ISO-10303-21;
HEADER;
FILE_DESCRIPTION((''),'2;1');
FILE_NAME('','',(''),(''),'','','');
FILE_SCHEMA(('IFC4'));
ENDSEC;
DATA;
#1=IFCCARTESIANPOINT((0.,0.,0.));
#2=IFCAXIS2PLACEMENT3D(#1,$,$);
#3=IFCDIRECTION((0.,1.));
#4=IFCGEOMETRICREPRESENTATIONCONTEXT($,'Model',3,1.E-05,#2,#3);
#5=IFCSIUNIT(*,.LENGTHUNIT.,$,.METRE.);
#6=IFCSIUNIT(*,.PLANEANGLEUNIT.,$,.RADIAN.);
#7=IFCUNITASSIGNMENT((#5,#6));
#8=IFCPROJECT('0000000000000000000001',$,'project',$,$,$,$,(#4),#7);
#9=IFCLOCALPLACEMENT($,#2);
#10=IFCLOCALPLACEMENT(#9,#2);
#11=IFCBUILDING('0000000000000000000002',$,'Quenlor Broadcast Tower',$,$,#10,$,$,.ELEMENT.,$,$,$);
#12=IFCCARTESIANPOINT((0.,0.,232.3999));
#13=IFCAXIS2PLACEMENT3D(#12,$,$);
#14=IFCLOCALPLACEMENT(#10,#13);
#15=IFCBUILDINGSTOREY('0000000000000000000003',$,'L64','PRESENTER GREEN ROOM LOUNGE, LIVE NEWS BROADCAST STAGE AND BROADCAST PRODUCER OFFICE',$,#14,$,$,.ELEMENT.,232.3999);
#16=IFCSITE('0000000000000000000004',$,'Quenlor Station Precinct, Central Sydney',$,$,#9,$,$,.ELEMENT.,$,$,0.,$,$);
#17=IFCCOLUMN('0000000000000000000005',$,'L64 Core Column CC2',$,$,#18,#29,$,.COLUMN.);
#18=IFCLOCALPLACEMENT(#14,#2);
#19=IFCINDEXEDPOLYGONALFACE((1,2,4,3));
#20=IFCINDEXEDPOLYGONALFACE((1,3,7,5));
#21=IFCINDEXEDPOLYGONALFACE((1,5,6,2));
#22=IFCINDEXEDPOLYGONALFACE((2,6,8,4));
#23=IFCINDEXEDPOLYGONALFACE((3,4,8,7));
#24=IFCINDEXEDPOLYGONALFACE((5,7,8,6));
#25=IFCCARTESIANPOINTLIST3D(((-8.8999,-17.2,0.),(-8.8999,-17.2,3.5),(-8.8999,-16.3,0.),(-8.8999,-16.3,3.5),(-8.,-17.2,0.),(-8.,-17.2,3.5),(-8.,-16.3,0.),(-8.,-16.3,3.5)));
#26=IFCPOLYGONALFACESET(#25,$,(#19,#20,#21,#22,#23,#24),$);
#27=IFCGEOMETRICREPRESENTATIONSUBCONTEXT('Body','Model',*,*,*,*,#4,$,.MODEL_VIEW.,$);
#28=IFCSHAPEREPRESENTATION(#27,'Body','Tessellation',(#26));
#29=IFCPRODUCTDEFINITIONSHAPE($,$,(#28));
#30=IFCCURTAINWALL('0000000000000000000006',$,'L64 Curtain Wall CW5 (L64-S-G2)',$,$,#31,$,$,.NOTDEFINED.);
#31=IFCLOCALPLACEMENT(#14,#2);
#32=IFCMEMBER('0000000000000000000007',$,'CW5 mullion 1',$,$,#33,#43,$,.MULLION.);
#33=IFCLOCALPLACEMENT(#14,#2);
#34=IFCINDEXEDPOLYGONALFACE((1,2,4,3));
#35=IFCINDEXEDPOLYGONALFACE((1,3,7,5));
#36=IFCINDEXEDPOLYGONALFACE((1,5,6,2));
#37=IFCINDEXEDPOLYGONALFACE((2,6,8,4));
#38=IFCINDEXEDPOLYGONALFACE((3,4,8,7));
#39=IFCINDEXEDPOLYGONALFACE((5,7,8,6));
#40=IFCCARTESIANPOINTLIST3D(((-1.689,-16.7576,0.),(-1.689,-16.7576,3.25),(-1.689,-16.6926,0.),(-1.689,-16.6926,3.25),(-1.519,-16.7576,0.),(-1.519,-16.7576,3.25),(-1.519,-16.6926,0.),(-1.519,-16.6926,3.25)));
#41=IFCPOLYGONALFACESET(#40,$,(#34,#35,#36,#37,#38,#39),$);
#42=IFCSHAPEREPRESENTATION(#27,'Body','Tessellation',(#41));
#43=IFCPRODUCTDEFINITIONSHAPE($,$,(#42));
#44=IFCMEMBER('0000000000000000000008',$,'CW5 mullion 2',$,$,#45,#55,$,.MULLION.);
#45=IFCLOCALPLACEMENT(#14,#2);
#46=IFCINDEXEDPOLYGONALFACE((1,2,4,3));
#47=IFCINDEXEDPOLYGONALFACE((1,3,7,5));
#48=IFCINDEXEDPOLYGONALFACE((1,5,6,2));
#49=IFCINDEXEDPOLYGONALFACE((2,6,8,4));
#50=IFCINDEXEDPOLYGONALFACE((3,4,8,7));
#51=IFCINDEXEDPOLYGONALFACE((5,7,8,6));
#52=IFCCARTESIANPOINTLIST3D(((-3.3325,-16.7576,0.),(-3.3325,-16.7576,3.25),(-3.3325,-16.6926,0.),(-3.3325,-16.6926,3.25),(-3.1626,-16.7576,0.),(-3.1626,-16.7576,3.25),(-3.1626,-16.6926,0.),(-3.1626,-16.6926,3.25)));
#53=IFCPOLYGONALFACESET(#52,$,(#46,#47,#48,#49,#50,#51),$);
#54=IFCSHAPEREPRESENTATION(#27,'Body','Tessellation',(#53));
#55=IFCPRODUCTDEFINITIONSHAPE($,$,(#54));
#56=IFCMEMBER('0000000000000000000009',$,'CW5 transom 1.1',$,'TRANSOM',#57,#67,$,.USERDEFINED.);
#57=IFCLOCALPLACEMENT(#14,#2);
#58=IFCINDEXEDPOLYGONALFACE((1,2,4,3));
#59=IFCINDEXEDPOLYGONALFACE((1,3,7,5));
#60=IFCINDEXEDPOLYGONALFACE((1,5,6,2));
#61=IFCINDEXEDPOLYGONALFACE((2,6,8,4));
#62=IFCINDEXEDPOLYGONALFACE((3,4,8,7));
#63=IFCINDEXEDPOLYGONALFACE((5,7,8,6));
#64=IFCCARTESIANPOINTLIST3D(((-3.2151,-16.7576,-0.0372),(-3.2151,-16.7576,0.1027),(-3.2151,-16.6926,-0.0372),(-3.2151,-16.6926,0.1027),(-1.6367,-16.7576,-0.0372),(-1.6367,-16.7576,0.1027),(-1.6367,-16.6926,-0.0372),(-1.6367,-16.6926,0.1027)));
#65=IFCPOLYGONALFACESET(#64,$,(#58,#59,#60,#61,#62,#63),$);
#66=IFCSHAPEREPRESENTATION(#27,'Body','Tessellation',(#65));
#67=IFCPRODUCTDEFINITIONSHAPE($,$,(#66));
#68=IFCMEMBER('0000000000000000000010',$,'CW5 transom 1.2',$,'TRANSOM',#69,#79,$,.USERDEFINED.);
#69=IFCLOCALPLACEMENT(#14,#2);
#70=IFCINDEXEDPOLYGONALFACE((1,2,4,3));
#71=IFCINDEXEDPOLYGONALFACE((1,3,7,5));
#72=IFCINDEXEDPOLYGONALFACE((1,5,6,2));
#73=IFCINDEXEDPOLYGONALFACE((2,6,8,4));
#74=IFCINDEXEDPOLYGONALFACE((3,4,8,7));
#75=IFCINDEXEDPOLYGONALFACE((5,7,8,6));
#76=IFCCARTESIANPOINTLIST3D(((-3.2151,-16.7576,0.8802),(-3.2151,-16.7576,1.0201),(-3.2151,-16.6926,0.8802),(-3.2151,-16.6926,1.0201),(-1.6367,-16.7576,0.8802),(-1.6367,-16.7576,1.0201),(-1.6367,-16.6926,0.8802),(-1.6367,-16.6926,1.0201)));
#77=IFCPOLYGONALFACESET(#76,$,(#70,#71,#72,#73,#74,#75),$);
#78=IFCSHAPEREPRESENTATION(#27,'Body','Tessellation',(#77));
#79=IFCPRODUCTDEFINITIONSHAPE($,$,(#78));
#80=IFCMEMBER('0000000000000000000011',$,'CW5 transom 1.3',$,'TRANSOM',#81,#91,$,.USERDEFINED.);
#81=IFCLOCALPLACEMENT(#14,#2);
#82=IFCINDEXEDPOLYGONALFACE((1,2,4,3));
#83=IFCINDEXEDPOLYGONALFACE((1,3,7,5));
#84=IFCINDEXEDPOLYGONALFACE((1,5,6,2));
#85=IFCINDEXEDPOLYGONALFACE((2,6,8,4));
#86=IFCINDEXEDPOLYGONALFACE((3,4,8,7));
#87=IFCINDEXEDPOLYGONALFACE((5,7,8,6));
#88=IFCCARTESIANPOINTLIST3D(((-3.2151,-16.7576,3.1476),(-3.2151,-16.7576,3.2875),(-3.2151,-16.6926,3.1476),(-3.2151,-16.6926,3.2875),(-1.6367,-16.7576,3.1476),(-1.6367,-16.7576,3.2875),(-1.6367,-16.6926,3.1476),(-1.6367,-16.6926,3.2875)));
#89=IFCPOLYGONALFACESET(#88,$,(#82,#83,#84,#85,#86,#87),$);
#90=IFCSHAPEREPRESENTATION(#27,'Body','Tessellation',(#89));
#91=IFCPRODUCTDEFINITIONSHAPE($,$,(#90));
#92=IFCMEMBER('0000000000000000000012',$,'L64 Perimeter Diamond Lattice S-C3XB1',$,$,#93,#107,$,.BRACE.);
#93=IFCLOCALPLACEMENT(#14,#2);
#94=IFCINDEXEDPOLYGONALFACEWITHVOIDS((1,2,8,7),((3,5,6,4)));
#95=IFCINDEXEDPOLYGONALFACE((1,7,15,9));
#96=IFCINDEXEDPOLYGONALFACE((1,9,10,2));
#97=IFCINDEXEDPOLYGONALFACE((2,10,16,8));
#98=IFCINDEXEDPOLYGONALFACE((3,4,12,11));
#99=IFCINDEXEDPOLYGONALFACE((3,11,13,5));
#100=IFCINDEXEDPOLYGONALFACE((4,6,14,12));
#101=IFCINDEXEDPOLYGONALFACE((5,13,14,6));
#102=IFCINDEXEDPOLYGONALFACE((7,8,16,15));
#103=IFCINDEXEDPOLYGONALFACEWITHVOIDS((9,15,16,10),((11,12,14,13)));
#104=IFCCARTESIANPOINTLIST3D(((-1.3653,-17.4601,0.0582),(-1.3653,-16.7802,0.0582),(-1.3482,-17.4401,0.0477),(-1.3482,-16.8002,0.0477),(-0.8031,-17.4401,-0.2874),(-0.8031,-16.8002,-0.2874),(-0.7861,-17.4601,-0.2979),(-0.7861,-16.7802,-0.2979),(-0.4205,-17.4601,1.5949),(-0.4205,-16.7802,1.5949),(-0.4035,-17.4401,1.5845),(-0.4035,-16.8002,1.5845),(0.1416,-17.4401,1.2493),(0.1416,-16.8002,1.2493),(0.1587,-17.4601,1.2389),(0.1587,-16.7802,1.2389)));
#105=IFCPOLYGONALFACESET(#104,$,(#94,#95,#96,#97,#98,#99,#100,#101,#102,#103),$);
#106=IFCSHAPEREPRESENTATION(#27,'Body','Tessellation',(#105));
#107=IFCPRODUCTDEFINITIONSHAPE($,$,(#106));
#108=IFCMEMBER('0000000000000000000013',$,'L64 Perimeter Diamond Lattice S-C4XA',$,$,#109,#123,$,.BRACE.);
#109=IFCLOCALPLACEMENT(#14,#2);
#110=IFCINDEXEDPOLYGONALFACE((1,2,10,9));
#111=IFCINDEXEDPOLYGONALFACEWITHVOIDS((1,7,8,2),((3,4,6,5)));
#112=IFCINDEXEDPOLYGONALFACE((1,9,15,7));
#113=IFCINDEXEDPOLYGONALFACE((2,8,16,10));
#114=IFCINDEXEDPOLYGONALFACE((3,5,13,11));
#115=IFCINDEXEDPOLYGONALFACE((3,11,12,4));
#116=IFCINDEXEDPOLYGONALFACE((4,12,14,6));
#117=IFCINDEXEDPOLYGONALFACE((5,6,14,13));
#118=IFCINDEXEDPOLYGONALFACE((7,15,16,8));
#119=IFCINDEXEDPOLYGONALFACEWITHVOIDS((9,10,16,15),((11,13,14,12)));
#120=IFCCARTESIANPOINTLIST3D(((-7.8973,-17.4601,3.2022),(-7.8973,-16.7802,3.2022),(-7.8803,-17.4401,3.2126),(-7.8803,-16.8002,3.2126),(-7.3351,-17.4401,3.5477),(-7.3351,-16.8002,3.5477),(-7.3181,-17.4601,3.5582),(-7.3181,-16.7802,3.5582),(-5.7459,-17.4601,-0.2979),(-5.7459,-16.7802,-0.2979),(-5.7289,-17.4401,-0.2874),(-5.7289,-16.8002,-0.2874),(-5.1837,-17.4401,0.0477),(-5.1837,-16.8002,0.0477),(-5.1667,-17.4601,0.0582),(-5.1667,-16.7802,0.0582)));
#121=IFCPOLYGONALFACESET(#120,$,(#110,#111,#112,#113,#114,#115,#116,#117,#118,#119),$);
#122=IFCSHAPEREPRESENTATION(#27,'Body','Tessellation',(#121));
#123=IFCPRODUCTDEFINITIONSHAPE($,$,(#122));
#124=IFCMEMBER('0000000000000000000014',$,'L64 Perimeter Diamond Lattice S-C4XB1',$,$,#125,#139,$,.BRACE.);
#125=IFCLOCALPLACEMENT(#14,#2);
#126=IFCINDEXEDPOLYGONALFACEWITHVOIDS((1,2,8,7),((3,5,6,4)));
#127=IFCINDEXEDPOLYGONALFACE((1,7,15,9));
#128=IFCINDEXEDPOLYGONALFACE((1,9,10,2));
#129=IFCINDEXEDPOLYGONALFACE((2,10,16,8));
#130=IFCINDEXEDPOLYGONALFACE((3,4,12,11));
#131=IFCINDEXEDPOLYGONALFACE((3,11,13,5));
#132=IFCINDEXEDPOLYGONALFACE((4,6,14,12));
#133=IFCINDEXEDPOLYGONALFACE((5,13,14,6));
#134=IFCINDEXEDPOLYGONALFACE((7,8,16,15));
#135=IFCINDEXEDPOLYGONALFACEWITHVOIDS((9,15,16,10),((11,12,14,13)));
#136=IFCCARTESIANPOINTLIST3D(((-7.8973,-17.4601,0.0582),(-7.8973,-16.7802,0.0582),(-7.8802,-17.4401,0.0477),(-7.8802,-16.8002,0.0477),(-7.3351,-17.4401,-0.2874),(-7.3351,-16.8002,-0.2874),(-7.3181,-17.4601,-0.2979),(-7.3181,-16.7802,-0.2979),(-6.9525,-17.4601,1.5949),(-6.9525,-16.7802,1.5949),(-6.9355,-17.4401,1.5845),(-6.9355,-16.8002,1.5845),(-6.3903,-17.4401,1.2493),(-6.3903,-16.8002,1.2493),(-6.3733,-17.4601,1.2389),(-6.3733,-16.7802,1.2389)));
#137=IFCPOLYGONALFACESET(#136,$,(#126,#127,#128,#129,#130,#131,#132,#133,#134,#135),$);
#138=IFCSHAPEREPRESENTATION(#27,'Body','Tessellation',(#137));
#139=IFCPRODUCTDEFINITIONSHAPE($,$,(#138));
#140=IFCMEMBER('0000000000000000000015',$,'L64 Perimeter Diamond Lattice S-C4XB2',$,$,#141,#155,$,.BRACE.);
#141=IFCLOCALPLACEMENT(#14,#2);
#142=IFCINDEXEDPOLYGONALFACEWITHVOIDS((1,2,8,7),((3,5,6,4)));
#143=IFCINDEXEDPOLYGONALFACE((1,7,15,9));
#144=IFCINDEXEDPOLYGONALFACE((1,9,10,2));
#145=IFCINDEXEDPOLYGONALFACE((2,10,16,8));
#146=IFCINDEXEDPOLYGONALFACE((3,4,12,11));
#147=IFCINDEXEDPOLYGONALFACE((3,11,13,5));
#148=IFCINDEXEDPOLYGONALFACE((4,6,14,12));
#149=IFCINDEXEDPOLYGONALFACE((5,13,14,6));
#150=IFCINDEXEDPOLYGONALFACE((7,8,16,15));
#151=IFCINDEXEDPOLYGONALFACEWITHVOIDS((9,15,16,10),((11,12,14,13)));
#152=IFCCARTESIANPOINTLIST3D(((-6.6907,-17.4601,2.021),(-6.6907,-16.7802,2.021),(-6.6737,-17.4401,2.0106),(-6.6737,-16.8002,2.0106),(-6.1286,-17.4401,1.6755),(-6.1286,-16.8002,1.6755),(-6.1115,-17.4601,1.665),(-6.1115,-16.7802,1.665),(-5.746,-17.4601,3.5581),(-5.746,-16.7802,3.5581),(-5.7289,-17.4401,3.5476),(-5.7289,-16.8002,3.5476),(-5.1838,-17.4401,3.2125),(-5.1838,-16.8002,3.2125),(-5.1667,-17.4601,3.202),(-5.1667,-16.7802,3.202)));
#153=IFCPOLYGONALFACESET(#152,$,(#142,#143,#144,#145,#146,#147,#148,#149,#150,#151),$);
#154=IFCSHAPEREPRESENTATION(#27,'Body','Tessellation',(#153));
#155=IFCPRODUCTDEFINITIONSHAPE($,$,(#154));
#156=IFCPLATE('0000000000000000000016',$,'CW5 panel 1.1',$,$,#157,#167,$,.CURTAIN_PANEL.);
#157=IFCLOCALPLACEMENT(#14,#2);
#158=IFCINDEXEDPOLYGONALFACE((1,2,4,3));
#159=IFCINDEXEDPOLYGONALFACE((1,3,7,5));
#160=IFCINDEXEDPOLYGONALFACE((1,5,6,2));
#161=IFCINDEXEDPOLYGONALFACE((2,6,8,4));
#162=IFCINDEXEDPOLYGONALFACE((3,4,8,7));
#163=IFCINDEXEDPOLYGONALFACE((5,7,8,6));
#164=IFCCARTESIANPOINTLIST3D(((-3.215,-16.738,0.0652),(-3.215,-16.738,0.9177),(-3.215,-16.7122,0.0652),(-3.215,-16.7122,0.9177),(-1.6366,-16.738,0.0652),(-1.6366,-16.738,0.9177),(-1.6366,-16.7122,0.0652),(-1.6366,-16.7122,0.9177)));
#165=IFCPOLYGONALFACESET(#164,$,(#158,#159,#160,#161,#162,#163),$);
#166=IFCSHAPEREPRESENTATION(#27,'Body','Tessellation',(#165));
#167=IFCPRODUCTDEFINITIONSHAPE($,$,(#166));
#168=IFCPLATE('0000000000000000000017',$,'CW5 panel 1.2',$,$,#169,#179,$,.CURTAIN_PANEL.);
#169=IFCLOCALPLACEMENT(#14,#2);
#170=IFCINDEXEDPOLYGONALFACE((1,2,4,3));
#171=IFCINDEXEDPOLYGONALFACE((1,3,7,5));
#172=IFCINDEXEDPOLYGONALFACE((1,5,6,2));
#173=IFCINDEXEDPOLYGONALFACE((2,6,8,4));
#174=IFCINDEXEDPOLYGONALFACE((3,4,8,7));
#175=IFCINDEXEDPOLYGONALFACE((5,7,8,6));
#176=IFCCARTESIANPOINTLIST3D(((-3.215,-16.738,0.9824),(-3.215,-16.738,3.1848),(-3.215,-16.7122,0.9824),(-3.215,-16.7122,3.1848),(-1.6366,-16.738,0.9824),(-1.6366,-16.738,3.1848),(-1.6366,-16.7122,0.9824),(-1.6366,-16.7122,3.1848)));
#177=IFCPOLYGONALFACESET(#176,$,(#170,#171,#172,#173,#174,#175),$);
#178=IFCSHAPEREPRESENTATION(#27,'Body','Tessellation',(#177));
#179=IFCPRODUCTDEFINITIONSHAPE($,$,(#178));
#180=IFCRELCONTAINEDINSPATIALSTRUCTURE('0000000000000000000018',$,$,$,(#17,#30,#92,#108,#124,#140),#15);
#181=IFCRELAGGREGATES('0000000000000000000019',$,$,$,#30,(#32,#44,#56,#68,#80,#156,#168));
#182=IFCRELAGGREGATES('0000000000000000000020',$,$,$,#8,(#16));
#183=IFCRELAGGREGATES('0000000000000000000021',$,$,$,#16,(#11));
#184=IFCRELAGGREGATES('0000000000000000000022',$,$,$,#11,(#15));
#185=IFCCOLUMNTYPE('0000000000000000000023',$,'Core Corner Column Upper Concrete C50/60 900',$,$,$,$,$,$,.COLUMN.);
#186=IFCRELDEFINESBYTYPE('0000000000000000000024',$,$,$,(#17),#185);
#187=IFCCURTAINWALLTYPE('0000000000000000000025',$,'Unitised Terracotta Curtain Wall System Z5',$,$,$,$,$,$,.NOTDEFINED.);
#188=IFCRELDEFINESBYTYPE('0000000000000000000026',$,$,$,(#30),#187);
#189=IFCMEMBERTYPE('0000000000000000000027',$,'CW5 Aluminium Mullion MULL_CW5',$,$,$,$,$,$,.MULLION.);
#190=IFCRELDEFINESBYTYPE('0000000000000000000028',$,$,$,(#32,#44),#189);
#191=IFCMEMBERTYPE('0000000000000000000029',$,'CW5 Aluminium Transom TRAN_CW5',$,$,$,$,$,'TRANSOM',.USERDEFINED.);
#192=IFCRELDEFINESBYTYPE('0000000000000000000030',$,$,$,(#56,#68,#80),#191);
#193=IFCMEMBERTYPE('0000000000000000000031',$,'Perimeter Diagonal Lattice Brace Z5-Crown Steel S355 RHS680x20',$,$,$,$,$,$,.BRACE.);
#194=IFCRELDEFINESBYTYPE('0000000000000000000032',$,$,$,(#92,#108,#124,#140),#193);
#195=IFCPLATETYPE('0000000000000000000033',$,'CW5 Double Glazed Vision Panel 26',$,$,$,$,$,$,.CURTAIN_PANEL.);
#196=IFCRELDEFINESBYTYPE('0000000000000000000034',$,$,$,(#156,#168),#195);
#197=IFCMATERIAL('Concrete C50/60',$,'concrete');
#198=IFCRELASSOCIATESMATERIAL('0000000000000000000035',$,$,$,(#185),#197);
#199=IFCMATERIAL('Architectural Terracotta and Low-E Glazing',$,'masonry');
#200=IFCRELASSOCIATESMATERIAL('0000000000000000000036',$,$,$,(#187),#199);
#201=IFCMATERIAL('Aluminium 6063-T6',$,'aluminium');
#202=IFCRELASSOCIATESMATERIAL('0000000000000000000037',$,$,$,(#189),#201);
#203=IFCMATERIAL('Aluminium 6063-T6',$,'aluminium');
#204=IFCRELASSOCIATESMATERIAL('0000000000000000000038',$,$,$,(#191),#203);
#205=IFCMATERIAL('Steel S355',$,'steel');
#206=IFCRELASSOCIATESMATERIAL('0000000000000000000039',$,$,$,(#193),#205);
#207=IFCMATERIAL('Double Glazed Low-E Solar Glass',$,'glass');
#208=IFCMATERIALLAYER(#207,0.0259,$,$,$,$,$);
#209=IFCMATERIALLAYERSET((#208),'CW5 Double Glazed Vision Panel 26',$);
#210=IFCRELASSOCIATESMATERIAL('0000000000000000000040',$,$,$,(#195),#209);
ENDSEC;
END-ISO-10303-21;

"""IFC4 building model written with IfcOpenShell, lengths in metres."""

from ifc_helpers import new_model, si_unit, direction, frame, origin, origin_2d, place, context, subcontext, project, spatial, rectangle, hollow_rectangle, extrude, material, layer, layer_set, material_profile, profile_set, type_object, element, aggregate, save


model = new_model("IFC4")

# Units and contexts
model_context = context("Model", 3, precision=1e-05, world=origin(), true_north=direction((0.0, 1.0)))
body_context = subcontext(model_context, "Body", "Model", "MODEL_VIEW")
ifc_project = project(units=[si_unit("LENGTHUNIT", "METRE"), si_unit("PLANEANGLEUNIT", "RADIAN")], contexts=[model_context])

# Site, building, storey
site_placement = place(None, origin())
site = spatial("IfcSite", under=ifc_project, at=site_placement, Name="Quenlor Station Precinct, Central Sydney", CompositionType="ELEMENT", RefElevation=0.0)
building_placement = place(site_placement, origin())
building = spatial("IfcBuilding", under=site, at=building_placement, Name="Quenlor Broadcast Tower", CompositionType="ELEMENT")
storey_placement = place(building_placement, frame((0.0, 0.0, 232.3999)))
storey = spatial("IfcBuildingStorey", under=building, at=storey_placement, Name="L64", Description="PRESENTER GREEN ROOM LOUNGE, LIVE NEWS BROADCAST STAGE AND BROADCAST PRODUCER OFFICE", CompositionType="ELEMENT", Elevation=232.3999)

# Column
ifc_material_1 = material(Name="Concrete C50/60", Category="concrete")
ifc_material_profile_1 = material_profile(ifc_material_1, rectangle(XDim=0.8999, YDim=0.8999, at=origin_2d()))
ifc_profile_set_1 = profile_set([ifc_material_profile_1], Name="Concrete C50/60 RC900x900")
column_type = type_object("IfcColumnType", Name="Core Corner Column Upper Concrete C50/60 900", PredefinedType="COLUMN", material=ifc_profile_set_1)
column_placement = place(storey_placement, frame((-8.45, -16.75, 0.0), z_axis=(0.0, 0.0, 1.0), x_axis=(1.0, 0.0, 0.0)))
element("IfcColumn", 1, at=column_placement, inside=storey, type_object=column_type, Name="L64 Core Column CC2", PredefinedType="COLUMN", context=body_context, shape_type="SweptSolid", body=[
    extrude(rectangle(XDim=0.8999, YDim=0.8999, at=origin_2d()), origin(), (0.0, 0.0, 1.0), 3.5),
])

# Curtain wall, members
ifc_material_2 = material(Name="Architectural Terracotta and Low-E Glazing", Category="masonry")
curtain_wall_type = type_object("IfcCurtainWallType", Name="Unitised Terracotta Curtain Wall System Z5", PredefinedType="NOTDEFINED", material=ifc_material_2)
curtain_wall_placement = place(storey_placement, origin())
curtain_wall = element("IfcCurtainWall", 2, at=curtain_wall_placement, inside=storey, type_object=curtain_wall_type, Name="L64 Curtain Wall CW5 (L64-S-G2)", PredefinedType="NOTDEFINED")
ifc_material_3 = material(Name="Aluminium 6063-T6", Category="aluminium")
ifc_material_profile_2 = material_profile(ifc_material_3, rectangle(XDim=0.0649, YDim=0.1699, at=origin_2d()))
ifc_profile_set_2 = profile_set([ifc_material_profile_2], Name="Aluminium 6063-T6 MULL65x170")
member_type_1 = type_object("IfcMemberType", Name="CW5 Aluminium Mullion MULL_CW5", PredefinedType="MULLION", material=ifc_profile_set_2)
member_1_placement = place(storey_placement, frame((-1.604, -16.7251, 0.0), z_axis=(0.0, 0.0, 1.0), x_axis=(0.0, -1.0, 0.0)))
member_1 = element("IfcMember", 3, at=member_1_placement, type_object=member_type_1, Name="CW5 mullion 1", PredefinedType="MULLION", context=body_context, shape_type="SweptSolid", body=[
    extrude(rectangle(XDim=0.0649, YDim=0.1699, at=origin_2d()), origin(), (0.0, 0.0, 1.0), 3.25),
])
member_2_placement = place(storey_placement, frame((-3.2476, -16.7251, 0.0), z_axis=(0.0, 0.0, 1.0), x_axis=(0.0, -1.0, 0.0)))
member_2 = element("IfcMember", 4, at=member_2_placement, type_object=member_type_1, Name="CW5 mullion 2", PredefinedType="MULLION", context=body_context, shape_type="SweptSolid", body=[
    extrude(rectangle(XDim=0.0649, YDim=0.1699, at=origin_2d()), origin(), (0.0, 0.0, 1.0), 3.25),
])
ifc_material_4 = material(Name="Aluminium 6063-T6", Category="aluminium")
ifc_material_profile_3 = material_profile(ifc_material_4, rectangle(XDim=0.0649, YDim=0.1399, at=origin_2d()))
ifc_profile_set_3 = profile_set([ifc_material_profile_3], Name="Aluminium 6063-T6 TRAN65x140")
member_type_2 = type_object("IfcMemberType", Name="CW5 Aluminium Transom TRAN_CW5", ElementType="TRANSOM", PredefinedType="USERDEFINED", material=ifc_profile_set_3)
member_3_placement = place(storey_placement, frame((-1.6367, -16.7251, 0.0327), z_axis=(-1.0, 0.0, 0.0), x_axis=(0.0, -1.0, 0.0)))
member_3 = element("IfcMember", 5, at=member_3_placement, type_object=member_type_2, Name="CW5 transom 1.1", ObjectType="TRANSOM", PredefinedType="USERDEFINED", context=body_context, shape_type="SweptSolid", body=[
    extrude(rectangle(XDim=0.0649, YDim=0.1399, at=origin_2d()), origin(), (0.0, 0.0, 1.0), 1.5784),
])
member_4_placement = place(storey_placement, frame((-1.6367, -16.7251, 0.9502), z_axis=(-1.0, 0.0, 0.0), x_axis=(0.0, -1.0, 0.0)))
member_4 = element("IfcMember", 6, at=member_4_placement, type_object=member_type_2, Name="CW5 transom 1.2", ObjectType="TRANSOM", PredefinedType="USERDEFINED", context=body_context, shape_type="SweptSolid", body=[
    extrude(rectangle(XDim=0.0649, YDim=0.1399, at=origin_2d()), origin(), (0.0, 0.0, 1.0), 1.5784),
])
member_5_placement = place(storey_placement, frame((-1.6367, -16.7251, 3.2175), z_axis=(-1.0, 0.0, 0.0), x_axis=(0.0, -1.0, 0.0)))
member_5 = element("IfcMember", 7, at=member_5_placement, type_object=member_type_2, Name="CW5 transom 1.3", ObjectType="TRANSOM", PredefinedType="USERDEFINED", context=body_context, shape_type="SweptSolid", body=[
    extrude(rectangle(XDim=0.0649, YDim=0.1399, at=origin_2d()), origin(), (0.0, 0.0, 1.0), 1.5784),
])

# Members
ifc_material_5 = material(Name="Steel S355", Category="steel")
ifc_material_profile_4 = material_profile(ifc_material_5, hollow_rectangle(XDim=0.6799, YDim=0.6799, WallThickness=0.02, at=origin_2d()))
ifc_profile_set_4 = profile_set([ifc_material_profile_4], Name="Steel S355 RHS680x680x20")
member_type_3 = type_object("IfcMemberType", Name="Perimeter Diagonal Lattice Brace Z5-Crown Steel S355 RHS680x20", PredefinedType="BRACE", material=ifc_profile_set_4)
member_6_placement = place(storey_placement, frame((-1.0757, -17.1201, -0.1199), z_axis=(0.52372, 0.0, 0.851891), x_axis=(0.0, 1.0, 0.0)))
element("IfcMember", 8, at=member_6_placement, inside=storey, type_object=member_type_3, Name="L64 Perimeter Diamond Lattice S-C3XB1", PredefinedType="BRACE", context=body_context, shape_type="SweptSolid", body=[
    extrude(hollow_rectangle(XDim=0.6799, YDim=0.6799, WallThickness=0.02, at=origin_2d()), origin(), (0.0, 0.0, 1.0), 1.804),
])
member_7_placement = place(storey_placement, frame((-5.4563, -17.1201, -0.1199), z_axis=(-0.52366, 0.0, 0.851928), x_axis=(0.0, -1.0, 0.0)))
element("IfcMember", 9, at=member_7_placement, inside=storey, type_object=member_type_3, Name="L64 Perimeter Diamond Lattice S-C4XA", PredefinedType="BRACE", context=body_context, shape_type="SweptSolid", body=[
    extrude(hollow_rectangle(XDim=0.6799, YDim=0.6799, WallThickness=0.02, at=origin_2d()), origin(), (0.0, 0.0, 1.0), 4.1084),
])
member_8_placement = place(storey_placement, frame((-7.6077, -17.1201, -0.1199), z_axis=(0.52372, 0.0, 0.851891), x_axis=(0.0, 1.0, 0.0)))
element("IfcMember", 10, at=member_8_placement, inside=storey, type_object=member_type_3, Name="L64 Perimeter Diamond Lattice S-C4XB1", PredefinedType="BRACE", context=body_context, shape_type="SweptSolid", body=[
    extrude(hollow_rectangle(XDim=0.6799, YDim=0.6799, WallThickness=0.02, at=origin_2d()), origin(), (0.0, 0.0, 1.0), 1.804),
])
member_9_placement = place(storey_placement, frame((-6.4011, -17.1201, 1.843), z_axis=(0.523659, 0.0, 0.851928), x_axis=(0.0, 1.0, 0.0)))
element("IfcMember", 11, at=member_9_placement, inside=storey, type_object=member_type_3, Name="L64 Perimeter Diamond Lattice S-C4XB2", PredefinedType="BRACE", context=body_context, shape_type="SweptSolid", body=[
    extrude(hollow_rectangle(XDim=0.6799, YDim=0.6799, WallThickness=0.02, at=origin_2d()), origin(), (0.0, 0.0, 1.0), 1.8042),
])

# Plates
ifc_material_6 = material(Name="Double Glazed Low-E Solar Glass", Category="glass")
ifc_layer_1 = layer(ifc_material_6, 0.0259)
ifc_layer_set_1 = layer_set([ifc_layer_1], Name="CW5 Double Glazed Vision Panel 26")
plate_type_1 = type_object("IfcPlateType", Name="CW5 Double Glazed Vision Panel 26", PredefinedType="CURTAIN_PANEL", material=ifc_layer_set_1)
plate_1_placement = place(storey_placement, frame((-2.4258, -16.7251, 0.0652), z_axis=(0.0, 0.0, 1.0), x_axis=(-1.0, 0.0, 0.0)))
plate_1 = element("IfcPlate", 12, at=plate_1_placement, type_object=plate_type_1, Name="CW5 panel 1.1", PredefinedType="CURTAIN_PANEL", context=body_context, shape_type="SweptSolid", body=[
    extrude(rectangle(XDim=1.5784, YDim=0.0259, at=origin_2d()), origin(), (0.0, 0.0, 1.0), 0.8525),
])
plate_2_placement = place(storey_placement, frame((-2.4258, -16.7251, 0.9824), z_axis=(0.0, 0.0, 1.0), x_axis=(-1.0, 0.0, 0.0)))
plate_2 = element("IfcPlate", 13, at=plate_2_placement, type_object=plate_type_1, Name="CW5 panel 1.2", PredefinedType="CURTAIN_PANEL", context=body_context, shape_type="SweptSolid", body=[
    extrude(rectangle(XDim=1.5784, YDim=0.0259, at=origin_2d()), origin(), (0.0, 0.0, 1.0), 2.2024),
])
aggregate(curtain_wall, [member_1, member_2, member_3, member_4, member_5, plate_1, plate_2])

save(model, "model.ifc")
